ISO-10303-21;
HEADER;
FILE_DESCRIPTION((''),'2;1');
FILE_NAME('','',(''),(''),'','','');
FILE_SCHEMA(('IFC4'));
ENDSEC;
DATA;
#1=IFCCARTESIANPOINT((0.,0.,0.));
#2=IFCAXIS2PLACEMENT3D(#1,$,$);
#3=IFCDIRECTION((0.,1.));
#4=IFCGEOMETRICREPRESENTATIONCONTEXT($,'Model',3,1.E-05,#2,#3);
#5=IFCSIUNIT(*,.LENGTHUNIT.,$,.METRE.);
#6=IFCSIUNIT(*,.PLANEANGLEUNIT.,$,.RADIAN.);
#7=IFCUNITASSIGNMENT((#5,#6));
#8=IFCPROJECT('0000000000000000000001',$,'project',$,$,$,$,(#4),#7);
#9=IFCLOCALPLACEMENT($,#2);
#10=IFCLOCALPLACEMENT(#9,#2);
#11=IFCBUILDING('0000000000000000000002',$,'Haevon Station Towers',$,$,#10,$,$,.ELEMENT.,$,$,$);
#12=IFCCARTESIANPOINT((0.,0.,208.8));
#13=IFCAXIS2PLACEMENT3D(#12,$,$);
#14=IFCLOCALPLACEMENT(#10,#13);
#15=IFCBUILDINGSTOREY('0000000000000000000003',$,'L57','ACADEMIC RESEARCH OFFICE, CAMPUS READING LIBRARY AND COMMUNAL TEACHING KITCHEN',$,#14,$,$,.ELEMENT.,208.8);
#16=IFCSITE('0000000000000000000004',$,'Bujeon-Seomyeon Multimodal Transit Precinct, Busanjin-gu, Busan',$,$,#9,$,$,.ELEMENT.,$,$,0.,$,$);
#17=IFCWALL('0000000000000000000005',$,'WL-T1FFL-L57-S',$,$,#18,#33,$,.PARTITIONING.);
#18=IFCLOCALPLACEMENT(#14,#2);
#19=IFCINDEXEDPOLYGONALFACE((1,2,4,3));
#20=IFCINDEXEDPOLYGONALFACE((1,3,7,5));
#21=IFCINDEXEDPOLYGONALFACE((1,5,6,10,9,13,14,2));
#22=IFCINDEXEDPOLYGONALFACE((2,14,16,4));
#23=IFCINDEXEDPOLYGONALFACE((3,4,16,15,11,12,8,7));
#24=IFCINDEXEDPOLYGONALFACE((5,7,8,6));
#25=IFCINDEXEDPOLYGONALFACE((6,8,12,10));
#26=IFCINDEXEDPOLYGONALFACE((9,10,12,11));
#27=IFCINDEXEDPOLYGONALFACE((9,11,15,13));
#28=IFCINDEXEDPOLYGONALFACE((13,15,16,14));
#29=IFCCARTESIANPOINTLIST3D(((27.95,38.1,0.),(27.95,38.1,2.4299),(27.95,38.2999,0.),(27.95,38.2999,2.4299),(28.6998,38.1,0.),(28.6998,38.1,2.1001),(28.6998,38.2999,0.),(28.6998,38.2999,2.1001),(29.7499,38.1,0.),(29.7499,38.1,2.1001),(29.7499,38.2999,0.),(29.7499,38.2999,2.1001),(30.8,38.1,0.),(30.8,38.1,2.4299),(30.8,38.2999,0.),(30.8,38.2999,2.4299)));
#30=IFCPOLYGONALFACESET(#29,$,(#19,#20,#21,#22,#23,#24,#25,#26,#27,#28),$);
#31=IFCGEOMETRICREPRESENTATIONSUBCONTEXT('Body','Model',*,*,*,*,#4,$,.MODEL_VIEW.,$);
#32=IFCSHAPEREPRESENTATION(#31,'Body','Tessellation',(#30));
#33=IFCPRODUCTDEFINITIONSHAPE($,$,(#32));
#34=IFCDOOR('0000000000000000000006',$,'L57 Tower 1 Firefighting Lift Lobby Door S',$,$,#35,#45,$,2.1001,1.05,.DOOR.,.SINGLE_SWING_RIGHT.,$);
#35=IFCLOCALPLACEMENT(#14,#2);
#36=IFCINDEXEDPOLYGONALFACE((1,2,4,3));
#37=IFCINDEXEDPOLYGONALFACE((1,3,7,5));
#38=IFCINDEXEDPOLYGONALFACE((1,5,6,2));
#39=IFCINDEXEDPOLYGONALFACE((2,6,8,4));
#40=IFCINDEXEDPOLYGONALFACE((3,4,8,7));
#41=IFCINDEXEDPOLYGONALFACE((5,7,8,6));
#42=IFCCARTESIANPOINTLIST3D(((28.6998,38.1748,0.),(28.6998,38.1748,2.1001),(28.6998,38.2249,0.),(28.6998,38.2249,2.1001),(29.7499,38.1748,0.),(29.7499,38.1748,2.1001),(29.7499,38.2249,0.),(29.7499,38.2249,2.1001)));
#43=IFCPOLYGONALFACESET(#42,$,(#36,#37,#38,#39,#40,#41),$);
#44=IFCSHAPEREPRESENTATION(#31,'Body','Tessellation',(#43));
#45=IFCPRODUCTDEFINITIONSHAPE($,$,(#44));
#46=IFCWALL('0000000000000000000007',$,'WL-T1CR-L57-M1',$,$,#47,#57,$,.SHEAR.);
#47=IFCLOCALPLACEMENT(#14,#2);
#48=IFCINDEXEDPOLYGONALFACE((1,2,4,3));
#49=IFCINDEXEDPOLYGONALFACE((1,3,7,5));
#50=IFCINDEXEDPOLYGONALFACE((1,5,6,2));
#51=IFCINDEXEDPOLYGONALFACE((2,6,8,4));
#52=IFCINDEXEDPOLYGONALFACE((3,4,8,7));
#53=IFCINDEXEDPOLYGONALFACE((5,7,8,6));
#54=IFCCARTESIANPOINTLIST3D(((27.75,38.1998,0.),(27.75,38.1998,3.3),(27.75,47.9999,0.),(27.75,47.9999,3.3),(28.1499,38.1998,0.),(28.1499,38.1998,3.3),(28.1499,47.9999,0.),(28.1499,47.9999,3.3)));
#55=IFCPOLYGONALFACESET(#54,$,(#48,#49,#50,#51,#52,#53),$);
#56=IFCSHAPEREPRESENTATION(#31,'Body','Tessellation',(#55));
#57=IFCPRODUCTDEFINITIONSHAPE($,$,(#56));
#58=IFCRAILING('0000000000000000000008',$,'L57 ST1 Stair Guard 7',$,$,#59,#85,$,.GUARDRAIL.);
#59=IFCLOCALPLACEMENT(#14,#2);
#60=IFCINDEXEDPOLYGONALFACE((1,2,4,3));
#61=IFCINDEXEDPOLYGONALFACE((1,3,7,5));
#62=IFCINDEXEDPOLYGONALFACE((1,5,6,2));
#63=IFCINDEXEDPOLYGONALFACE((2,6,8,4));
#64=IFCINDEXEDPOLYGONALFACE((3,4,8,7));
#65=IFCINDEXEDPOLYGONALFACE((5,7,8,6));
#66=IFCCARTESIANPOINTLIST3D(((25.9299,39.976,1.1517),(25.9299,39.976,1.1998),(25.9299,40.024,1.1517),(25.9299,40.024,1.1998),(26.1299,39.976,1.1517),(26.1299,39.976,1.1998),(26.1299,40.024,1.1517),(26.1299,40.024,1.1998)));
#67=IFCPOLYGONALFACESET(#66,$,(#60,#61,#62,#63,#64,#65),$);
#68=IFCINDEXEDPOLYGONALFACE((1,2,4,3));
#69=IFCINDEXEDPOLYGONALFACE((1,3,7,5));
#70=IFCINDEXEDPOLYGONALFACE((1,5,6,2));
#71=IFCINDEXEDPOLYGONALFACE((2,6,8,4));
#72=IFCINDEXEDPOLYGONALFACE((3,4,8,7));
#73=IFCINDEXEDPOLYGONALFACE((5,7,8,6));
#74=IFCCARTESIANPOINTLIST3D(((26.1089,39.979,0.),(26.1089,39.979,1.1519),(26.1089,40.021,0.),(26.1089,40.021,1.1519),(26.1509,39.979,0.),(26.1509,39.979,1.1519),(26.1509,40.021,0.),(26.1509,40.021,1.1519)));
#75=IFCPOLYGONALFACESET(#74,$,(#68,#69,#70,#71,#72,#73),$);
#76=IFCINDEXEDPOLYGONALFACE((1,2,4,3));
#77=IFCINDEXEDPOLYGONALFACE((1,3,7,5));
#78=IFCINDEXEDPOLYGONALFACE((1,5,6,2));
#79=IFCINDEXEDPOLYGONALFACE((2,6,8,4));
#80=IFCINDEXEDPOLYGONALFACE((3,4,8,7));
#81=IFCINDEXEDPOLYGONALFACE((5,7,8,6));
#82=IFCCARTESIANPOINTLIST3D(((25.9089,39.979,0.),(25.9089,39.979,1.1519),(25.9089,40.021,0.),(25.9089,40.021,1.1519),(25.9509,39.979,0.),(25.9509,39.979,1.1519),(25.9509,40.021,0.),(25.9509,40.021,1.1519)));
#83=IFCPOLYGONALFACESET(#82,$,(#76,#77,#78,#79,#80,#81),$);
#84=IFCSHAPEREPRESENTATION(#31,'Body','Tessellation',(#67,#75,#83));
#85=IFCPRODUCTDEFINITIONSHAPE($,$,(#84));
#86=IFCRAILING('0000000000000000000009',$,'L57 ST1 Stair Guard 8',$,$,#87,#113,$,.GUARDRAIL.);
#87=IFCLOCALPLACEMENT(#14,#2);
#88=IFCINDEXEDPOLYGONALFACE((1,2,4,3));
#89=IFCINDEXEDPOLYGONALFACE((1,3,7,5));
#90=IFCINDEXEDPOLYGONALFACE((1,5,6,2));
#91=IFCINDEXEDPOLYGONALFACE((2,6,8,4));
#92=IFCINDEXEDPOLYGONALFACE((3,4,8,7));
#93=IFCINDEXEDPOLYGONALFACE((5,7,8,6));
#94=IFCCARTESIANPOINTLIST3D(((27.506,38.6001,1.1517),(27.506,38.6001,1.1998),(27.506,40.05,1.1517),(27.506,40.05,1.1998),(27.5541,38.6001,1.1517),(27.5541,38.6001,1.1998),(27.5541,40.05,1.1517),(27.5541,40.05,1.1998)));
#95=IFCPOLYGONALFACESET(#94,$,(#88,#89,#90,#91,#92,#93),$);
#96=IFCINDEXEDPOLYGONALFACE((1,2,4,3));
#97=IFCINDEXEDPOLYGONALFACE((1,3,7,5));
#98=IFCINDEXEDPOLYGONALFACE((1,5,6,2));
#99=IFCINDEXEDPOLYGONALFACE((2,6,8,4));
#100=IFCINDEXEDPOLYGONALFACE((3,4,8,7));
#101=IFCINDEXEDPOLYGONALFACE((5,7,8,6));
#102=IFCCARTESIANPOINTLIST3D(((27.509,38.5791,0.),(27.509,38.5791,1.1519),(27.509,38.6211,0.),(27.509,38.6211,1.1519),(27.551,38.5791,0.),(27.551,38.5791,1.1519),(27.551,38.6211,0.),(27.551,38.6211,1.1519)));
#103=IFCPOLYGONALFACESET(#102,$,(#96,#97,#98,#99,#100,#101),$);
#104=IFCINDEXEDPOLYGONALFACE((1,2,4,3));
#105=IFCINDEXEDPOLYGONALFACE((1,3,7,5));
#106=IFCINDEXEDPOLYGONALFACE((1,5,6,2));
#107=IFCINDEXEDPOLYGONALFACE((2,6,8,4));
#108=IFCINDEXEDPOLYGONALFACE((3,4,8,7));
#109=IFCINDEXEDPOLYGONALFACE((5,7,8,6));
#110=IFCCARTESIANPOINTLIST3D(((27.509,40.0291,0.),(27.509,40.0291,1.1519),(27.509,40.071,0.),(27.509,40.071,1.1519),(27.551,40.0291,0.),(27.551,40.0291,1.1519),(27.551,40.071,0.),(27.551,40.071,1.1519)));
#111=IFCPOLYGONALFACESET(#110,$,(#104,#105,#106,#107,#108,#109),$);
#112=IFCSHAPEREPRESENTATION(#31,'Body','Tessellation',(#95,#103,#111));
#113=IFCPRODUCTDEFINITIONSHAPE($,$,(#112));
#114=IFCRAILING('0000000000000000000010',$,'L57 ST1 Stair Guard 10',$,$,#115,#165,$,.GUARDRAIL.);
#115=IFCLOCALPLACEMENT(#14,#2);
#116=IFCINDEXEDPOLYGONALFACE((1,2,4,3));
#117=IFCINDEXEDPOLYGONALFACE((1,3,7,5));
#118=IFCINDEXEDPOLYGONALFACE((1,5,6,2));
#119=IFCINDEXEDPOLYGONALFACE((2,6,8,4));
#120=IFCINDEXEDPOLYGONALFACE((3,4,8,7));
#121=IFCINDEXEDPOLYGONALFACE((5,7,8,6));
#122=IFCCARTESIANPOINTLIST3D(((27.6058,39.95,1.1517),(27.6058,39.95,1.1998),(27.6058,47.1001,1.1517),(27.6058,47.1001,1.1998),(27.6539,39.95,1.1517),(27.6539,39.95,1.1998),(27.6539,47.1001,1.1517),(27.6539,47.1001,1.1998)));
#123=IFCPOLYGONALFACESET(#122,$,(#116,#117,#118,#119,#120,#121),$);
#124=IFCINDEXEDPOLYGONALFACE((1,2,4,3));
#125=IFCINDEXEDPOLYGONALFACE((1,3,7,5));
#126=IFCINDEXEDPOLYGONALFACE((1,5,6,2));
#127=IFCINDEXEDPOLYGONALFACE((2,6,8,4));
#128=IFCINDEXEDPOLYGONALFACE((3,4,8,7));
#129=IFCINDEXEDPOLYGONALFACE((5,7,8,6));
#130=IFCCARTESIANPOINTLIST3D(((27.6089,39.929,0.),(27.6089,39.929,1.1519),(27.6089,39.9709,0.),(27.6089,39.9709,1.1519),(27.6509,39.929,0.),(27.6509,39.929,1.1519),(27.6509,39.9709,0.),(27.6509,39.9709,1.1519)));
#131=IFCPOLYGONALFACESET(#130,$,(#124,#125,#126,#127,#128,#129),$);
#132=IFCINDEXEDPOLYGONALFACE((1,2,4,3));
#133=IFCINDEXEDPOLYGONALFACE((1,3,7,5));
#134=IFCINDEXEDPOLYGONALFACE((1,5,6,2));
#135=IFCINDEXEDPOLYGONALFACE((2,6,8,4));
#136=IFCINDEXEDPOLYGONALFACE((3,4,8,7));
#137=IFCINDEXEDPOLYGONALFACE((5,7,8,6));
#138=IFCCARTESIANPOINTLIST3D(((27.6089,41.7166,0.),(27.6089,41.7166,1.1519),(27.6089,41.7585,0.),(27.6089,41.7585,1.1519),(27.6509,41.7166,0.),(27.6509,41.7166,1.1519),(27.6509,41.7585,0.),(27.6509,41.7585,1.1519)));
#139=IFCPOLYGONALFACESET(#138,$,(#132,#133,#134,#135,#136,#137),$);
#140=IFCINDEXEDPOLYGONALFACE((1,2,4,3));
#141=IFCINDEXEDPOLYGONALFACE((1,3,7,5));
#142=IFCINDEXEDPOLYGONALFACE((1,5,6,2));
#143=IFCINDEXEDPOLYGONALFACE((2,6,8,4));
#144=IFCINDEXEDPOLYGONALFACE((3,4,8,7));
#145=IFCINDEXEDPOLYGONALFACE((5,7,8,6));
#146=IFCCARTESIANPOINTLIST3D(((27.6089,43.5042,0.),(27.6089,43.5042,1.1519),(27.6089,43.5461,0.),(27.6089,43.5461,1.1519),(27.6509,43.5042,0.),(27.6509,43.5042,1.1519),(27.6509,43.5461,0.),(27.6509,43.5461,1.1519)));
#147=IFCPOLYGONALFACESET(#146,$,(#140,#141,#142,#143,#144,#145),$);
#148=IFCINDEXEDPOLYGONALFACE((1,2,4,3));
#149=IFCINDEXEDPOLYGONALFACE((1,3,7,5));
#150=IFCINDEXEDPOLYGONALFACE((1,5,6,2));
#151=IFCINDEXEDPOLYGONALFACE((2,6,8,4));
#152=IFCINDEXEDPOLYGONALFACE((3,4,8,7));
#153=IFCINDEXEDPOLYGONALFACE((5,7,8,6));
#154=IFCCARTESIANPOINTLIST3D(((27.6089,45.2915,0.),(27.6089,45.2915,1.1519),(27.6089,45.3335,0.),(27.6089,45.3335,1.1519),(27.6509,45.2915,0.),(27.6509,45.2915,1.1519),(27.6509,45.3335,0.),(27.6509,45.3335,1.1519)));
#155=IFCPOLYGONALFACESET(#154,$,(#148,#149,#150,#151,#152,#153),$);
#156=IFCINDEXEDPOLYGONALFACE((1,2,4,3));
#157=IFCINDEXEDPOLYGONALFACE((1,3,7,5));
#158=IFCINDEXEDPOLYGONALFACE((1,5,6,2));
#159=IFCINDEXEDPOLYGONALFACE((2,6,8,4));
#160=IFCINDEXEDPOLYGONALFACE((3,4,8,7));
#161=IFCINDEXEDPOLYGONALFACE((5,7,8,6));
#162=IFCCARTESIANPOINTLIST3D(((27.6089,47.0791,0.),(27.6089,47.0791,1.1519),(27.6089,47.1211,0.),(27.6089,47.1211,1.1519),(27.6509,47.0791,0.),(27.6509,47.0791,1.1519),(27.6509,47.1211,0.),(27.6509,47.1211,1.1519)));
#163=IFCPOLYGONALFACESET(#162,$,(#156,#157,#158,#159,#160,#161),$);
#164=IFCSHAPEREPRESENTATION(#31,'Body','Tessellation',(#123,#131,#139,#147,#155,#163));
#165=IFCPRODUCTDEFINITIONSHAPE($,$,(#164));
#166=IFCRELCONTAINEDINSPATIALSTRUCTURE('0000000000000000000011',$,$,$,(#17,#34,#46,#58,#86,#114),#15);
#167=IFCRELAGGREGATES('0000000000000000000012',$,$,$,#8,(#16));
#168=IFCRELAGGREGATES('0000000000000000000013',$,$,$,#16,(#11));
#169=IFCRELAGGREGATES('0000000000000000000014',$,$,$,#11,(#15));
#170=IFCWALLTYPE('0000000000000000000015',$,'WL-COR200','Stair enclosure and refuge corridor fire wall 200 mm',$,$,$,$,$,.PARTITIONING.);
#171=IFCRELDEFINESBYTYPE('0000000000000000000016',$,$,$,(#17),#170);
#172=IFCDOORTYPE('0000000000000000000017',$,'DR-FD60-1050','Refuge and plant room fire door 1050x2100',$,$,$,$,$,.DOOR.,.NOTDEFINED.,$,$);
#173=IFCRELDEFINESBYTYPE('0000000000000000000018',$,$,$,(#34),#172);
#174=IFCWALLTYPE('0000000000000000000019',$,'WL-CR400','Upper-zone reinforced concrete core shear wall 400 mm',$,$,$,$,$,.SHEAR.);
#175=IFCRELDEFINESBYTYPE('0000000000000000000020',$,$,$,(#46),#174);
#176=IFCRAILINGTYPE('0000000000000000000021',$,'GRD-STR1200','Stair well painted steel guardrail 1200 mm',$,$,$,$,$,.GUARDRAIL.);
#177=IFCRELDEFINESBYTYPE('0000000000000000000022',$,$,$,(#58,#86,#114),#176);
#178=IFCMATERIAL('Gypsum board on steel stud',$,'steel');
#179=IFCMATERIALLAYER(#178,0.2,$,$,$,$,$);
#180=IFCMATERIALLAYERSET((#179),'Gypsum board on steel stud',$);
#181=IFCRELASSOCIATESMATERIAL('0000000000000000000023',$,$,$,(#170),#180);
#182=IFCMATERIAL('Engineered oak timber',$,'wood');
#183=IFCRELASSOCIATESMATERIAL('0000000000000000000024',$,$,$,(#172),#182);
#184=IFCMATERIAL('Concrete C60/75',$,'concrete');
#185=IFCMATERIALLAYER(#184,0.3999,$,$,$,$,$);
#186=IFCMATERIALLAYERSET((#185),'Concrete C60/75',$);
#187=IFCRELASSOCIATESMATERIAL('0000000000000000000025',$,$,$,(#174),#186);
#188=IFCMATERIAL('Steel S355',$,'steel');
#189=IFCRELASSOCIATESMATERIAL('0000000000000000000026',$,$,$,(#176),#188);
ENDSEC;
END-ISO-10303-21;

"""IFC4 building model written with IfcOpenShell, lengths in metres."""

from ifc_helpers import new_model, si_unit, direction, frame, frame_2d, origin, origin_2d, place, context, subcontext, project, spatial, rectangle, extrude, material, layer, layer_set, type_object, element, fill, save


model = new_model("IFC4")

# Units and contexts
model_context = context("Model", 3, precision=1e-05, world=origin(), true_north=direction((0.0, 1.0)))
body_context = subcontext(model_context, "Body", "Model", "MODEL_VIEW")
ifc_project = project(units=[si_unit("LENGTHUNIT", "METRE"), si_unit("PLANEANGLEUNIT", "RADIAN")], contexts=[model_context])

# Site, building, storey
site_placement = place(None, origin())
site = spatial("IfcSite", under=ifc_project, at=site_placement, Name="Bujeon-Seomyeon Multimodal Transit Precinct, Busanjin-gu, Busan", CompositionType="ELEMENT", RefElevation=0.0)
building_placement = place(site_placement, origin())
building = spatial("IfcBuilding", under=site, at=building_placement, Name="Haevon Station Towers", CompositionType="ELEMENT")
storey_placement = place(building_placement, frame((0.0, 0.0, 208.8)))
storey = spatial("IfcBuildingStorey", under=building, at=storey_placement, Name="L57", Description="ACADEMIC RESEARCH OFFICE, CAMPUS READING LIBRARY AND COMMUNAL TEACHING KITCHEN", CompositionType="ELEMENT", Elevation=208.8)

# Wall, opening, door
ifc_material_1 = material(Name="Gypsum board on steel stud", Category="steel")
ifc_layer_1 = layer(ifc_material_1, 0.2)
ifc_layer_set_1 = layer_set([ifc_layer_1], Name="Gypsum board on steel stud")
wall_type_1 = type_object("IfcWallType", Name="WL-COR200", Description="Stair enclosure and refuge corridor fire wall 200 mm", PredefinedType="PARTITIONING", material=ifc_layer_set_1)
wall_1_placement = place(storey_placement, frame((27.95, 38.2, 0.0), z_axis=(0.0, 0.0, 1.0), x_axis=(1.0, 0.0, 0.0)))
wall_1 = element("IfcWall", 1, at=wall_1_placement, inside=storey, type_object=wall_type_1, Name="WL-T1FFL-L57-S", PredefinedType="PARTITIONING", context=body_context, shape_type="SweptSolid", body=[
    extrude(rectangle(XDim=2.8501, YDim=0.2, at=frame_2d((1.425, 0.0))), origin(), (0.0, 0.0, 1.0), 2.4299),
])
opening_1_placement = place(wall_1_placement, frame((0.75, 0.0, 0.0)))
opening_1 = element("IfcOpeningElement", 2, at=opening_1_placement, cuts=wall_1, PredefinedType="OPENING", context=body_context, shape_type="SweptSolid", body=[
    extrude(rectangle(XDim=1.05, YDim=2.1001, at=frame_2d((0.5249, 1.05))), frame((0.0, 0.1099, 0.0), z_axis=(0.0, -1.0, 0.0), x_axis=(1.0, 0.0, 0.0)), (0.0, 0.0, 1.0), 0.22),
])
ifc_material_2 = material(Name="Engineered oak timber", Category="wood")
door_type_1 = type_object("IfcDoorType", Name="DR-FD60-1050", Description="Refuge and plant room fire door 1050x2100", OperationType="NOTDEFINED", PredefinedType="DOOR", material=ifc_material_2)
door_1_placement = place(opening_1_placement, origin())
door_1 = element("IfcDoor", 3, at=door_1_placement, inside=storey, type_object=door_type_1, Name="L57 Tower 1 Firefighting Lift Lobby Door S", OperationType="SINGLE_SWING_RIGHT", OverallHeight=2.1001, OverallWidth=1.05, PredefinedType="DOOR", context=body_context, shape_type="SweptSolid", body=[
    extrude(rectangle(XDim=1.05, YDim=2.1001, at=frame_2d((0.5249, 1.05))), frame((0.0, 0.0249, 0.0), z_axis=(0.0, -1.0, 0.0), x_axis=(1.0, 0.0, 0.0)), (0.0, 0.0, 1.0), 0.05),
])
fill(opening_1, door_1)

# Wall
ifc_material_3 = material(Name="Concrete C60/75", Category="concrete")
ifc_layer_2 = layer(ifc_material_3, 0.3999)
ifc_layer_set_2 = layer_set([ifc_layer_2], Name="Concrete C60/75")
wall_type_2 = type_object("IfcWallType", Name="WL-CR400", Description="Upper-zone reinforced concrete core shear wall 400 mm", PredefinedType="SHEAR", material=ifc_layer_set_2)
wall_2_placement = place(storey_placement, frame((27.95, 38.2, 0.0), z_axis=(0.0, 0.0, 1.0), x_axis=(0.0, 1.0, 0.0)))
element("IfcWall", 4, at=wall_2_placement, inside=storey, type_object=wall_type_2, Name="WL-T1CR-L57-M1", PredefinedType="SHEAR", context=body_context, shape_type="SweptSolid", body=[
    extrude(rectangle(XDim=9.8, YDim=0.3999, at=frame_2d((4.8999, 0.0))), origin(), (0.0, 0.0, 1.0), 3.3),
])

# Railings
ifc_material_4 = material(Name="Steel S355", Category="steel")
railing_type = type_object("IfcRailingType", Name="GRD-STR1200", Description="Stair well painted steel guardrail 1200 mm", PredefinedType="GUARDRAIL", material=ifc_material_4)
railing_1_placement = place(storey_placement, frame((26.1299, 40.0, 0.0)))
element("IfcRailing", 5, at=railing_1_placement, inside=storey, type_object=railing_type, Name="L57 ST1 Stair Guard 7", PredefinedType="GUARDRAIL", context=body_context, shape_type="SweptSolid", body=[
    extrude(rectangle(XDim=0.0481, YDim=0.0481, at=origin_2d()), frame((0.0, 0.0, 1.1758), z_axis=(-1.0, 0.0, 0.0), x_axis=(0.0, -1.0, 0.0)), (0.0, 0.0, 1.0), 0.2),
    extrude(rectangle(XDim=0.042, YDim=0.042, at=origin_2d()), origin(), (0.0, 0.0, 1.0), 1.1519),
    extrude(rectangle(XDim=0.042, YDim=0.042, at=origin_2d()), frame((-0.2, 0.0, 0.0)), (0.0, 0.0, 1.0), 1.1519),
])
railing_2_placement = place(storey_placement, frame((27.53, 38.6001, 0.0)))
element("IfcRailing", 6, at=railing_2_placement, inside=storey, type_object=railing_type, Name="L57 ST1 Stair Guard 8", PredefinedType="GUARDRAIL", context=body_context, shape_type="SweptSolid", body=[
    extrude(rectangle(XDim=0.0481, YDim=0.0481, at=origin_2d()), frame((0.0, 0.0, 1.1758), z_axis=(0.0, 1.0, 0.0), x_axis=(-1.0, 0.0, 0.0)), (0.0, 0.0, 1.0), 1.45),
    extrude(rectangle(XDim=0.042, YDim=0.042, at=origin_2d()), origin(), (0.0, 0.0, 1.0), 1.1519),
    extrude(rectangle(XDim=0.042, YDim=0.042, at=origin_2d()), frame((0.0, 1.45, 0.0)), (0.0, 0.0, 1.0), 1.1519),
])
railing_3_placement = place(storey_placement, frame((27.6299, 39.95, 0.0)))
element("IfcRailing", 7, at=railing_3_placement, inside=storey, type_object=railing_type, Name="L57 ST1 Stair Guard 10", PredefinedType="GUARDRAIL", context=body_context, shape_type="SweptSolid", body=[
    extrude(rectangle(XDim=0.0481, YDim=0.0481, at=origin_2d()), frame((0.0, 0.0, 1.1758), z_axis=(0.0, 1.0, 0.0), x_axis=(-1.0, 0.0, 0.0)), (0.0, 0.0, 1.0), 7.1501),
    extrude(rectangle(XDim=0.042, YDim=0.042, at=origin_2d()), origin(), (0.0, 0.0, 1.0), 1.1519),
    extrude(rectangle(XDim=0.042, YDim=0.042, at=origin_2d()), frame((0.0, 1.7876, 0.0)), (0.0, 0.0, 1.0), 1.1519),
    extrude(rectangle(XDim=0.042, YDim=0.042, at=origin_2d()), frame((0.0, 3.5752, 0.0)), (0.0, 0.0, 1.0), 1.1519),
    extrude(rectangle(XDim=0.042, YDim=0.042, at=origin_2d()), frame((0.0, 5.3625, 0.0)), (0.0, 0.0, 1.0), 1.1519),
    extrude(rectangle(XDim=0.042, YDim=0.042, at=origin_2d()), frame((0.0, 7.1501, 0.0)), (0.0, 0.0, 1.0), 1.1519),
])

save(model, "model.ifc")
